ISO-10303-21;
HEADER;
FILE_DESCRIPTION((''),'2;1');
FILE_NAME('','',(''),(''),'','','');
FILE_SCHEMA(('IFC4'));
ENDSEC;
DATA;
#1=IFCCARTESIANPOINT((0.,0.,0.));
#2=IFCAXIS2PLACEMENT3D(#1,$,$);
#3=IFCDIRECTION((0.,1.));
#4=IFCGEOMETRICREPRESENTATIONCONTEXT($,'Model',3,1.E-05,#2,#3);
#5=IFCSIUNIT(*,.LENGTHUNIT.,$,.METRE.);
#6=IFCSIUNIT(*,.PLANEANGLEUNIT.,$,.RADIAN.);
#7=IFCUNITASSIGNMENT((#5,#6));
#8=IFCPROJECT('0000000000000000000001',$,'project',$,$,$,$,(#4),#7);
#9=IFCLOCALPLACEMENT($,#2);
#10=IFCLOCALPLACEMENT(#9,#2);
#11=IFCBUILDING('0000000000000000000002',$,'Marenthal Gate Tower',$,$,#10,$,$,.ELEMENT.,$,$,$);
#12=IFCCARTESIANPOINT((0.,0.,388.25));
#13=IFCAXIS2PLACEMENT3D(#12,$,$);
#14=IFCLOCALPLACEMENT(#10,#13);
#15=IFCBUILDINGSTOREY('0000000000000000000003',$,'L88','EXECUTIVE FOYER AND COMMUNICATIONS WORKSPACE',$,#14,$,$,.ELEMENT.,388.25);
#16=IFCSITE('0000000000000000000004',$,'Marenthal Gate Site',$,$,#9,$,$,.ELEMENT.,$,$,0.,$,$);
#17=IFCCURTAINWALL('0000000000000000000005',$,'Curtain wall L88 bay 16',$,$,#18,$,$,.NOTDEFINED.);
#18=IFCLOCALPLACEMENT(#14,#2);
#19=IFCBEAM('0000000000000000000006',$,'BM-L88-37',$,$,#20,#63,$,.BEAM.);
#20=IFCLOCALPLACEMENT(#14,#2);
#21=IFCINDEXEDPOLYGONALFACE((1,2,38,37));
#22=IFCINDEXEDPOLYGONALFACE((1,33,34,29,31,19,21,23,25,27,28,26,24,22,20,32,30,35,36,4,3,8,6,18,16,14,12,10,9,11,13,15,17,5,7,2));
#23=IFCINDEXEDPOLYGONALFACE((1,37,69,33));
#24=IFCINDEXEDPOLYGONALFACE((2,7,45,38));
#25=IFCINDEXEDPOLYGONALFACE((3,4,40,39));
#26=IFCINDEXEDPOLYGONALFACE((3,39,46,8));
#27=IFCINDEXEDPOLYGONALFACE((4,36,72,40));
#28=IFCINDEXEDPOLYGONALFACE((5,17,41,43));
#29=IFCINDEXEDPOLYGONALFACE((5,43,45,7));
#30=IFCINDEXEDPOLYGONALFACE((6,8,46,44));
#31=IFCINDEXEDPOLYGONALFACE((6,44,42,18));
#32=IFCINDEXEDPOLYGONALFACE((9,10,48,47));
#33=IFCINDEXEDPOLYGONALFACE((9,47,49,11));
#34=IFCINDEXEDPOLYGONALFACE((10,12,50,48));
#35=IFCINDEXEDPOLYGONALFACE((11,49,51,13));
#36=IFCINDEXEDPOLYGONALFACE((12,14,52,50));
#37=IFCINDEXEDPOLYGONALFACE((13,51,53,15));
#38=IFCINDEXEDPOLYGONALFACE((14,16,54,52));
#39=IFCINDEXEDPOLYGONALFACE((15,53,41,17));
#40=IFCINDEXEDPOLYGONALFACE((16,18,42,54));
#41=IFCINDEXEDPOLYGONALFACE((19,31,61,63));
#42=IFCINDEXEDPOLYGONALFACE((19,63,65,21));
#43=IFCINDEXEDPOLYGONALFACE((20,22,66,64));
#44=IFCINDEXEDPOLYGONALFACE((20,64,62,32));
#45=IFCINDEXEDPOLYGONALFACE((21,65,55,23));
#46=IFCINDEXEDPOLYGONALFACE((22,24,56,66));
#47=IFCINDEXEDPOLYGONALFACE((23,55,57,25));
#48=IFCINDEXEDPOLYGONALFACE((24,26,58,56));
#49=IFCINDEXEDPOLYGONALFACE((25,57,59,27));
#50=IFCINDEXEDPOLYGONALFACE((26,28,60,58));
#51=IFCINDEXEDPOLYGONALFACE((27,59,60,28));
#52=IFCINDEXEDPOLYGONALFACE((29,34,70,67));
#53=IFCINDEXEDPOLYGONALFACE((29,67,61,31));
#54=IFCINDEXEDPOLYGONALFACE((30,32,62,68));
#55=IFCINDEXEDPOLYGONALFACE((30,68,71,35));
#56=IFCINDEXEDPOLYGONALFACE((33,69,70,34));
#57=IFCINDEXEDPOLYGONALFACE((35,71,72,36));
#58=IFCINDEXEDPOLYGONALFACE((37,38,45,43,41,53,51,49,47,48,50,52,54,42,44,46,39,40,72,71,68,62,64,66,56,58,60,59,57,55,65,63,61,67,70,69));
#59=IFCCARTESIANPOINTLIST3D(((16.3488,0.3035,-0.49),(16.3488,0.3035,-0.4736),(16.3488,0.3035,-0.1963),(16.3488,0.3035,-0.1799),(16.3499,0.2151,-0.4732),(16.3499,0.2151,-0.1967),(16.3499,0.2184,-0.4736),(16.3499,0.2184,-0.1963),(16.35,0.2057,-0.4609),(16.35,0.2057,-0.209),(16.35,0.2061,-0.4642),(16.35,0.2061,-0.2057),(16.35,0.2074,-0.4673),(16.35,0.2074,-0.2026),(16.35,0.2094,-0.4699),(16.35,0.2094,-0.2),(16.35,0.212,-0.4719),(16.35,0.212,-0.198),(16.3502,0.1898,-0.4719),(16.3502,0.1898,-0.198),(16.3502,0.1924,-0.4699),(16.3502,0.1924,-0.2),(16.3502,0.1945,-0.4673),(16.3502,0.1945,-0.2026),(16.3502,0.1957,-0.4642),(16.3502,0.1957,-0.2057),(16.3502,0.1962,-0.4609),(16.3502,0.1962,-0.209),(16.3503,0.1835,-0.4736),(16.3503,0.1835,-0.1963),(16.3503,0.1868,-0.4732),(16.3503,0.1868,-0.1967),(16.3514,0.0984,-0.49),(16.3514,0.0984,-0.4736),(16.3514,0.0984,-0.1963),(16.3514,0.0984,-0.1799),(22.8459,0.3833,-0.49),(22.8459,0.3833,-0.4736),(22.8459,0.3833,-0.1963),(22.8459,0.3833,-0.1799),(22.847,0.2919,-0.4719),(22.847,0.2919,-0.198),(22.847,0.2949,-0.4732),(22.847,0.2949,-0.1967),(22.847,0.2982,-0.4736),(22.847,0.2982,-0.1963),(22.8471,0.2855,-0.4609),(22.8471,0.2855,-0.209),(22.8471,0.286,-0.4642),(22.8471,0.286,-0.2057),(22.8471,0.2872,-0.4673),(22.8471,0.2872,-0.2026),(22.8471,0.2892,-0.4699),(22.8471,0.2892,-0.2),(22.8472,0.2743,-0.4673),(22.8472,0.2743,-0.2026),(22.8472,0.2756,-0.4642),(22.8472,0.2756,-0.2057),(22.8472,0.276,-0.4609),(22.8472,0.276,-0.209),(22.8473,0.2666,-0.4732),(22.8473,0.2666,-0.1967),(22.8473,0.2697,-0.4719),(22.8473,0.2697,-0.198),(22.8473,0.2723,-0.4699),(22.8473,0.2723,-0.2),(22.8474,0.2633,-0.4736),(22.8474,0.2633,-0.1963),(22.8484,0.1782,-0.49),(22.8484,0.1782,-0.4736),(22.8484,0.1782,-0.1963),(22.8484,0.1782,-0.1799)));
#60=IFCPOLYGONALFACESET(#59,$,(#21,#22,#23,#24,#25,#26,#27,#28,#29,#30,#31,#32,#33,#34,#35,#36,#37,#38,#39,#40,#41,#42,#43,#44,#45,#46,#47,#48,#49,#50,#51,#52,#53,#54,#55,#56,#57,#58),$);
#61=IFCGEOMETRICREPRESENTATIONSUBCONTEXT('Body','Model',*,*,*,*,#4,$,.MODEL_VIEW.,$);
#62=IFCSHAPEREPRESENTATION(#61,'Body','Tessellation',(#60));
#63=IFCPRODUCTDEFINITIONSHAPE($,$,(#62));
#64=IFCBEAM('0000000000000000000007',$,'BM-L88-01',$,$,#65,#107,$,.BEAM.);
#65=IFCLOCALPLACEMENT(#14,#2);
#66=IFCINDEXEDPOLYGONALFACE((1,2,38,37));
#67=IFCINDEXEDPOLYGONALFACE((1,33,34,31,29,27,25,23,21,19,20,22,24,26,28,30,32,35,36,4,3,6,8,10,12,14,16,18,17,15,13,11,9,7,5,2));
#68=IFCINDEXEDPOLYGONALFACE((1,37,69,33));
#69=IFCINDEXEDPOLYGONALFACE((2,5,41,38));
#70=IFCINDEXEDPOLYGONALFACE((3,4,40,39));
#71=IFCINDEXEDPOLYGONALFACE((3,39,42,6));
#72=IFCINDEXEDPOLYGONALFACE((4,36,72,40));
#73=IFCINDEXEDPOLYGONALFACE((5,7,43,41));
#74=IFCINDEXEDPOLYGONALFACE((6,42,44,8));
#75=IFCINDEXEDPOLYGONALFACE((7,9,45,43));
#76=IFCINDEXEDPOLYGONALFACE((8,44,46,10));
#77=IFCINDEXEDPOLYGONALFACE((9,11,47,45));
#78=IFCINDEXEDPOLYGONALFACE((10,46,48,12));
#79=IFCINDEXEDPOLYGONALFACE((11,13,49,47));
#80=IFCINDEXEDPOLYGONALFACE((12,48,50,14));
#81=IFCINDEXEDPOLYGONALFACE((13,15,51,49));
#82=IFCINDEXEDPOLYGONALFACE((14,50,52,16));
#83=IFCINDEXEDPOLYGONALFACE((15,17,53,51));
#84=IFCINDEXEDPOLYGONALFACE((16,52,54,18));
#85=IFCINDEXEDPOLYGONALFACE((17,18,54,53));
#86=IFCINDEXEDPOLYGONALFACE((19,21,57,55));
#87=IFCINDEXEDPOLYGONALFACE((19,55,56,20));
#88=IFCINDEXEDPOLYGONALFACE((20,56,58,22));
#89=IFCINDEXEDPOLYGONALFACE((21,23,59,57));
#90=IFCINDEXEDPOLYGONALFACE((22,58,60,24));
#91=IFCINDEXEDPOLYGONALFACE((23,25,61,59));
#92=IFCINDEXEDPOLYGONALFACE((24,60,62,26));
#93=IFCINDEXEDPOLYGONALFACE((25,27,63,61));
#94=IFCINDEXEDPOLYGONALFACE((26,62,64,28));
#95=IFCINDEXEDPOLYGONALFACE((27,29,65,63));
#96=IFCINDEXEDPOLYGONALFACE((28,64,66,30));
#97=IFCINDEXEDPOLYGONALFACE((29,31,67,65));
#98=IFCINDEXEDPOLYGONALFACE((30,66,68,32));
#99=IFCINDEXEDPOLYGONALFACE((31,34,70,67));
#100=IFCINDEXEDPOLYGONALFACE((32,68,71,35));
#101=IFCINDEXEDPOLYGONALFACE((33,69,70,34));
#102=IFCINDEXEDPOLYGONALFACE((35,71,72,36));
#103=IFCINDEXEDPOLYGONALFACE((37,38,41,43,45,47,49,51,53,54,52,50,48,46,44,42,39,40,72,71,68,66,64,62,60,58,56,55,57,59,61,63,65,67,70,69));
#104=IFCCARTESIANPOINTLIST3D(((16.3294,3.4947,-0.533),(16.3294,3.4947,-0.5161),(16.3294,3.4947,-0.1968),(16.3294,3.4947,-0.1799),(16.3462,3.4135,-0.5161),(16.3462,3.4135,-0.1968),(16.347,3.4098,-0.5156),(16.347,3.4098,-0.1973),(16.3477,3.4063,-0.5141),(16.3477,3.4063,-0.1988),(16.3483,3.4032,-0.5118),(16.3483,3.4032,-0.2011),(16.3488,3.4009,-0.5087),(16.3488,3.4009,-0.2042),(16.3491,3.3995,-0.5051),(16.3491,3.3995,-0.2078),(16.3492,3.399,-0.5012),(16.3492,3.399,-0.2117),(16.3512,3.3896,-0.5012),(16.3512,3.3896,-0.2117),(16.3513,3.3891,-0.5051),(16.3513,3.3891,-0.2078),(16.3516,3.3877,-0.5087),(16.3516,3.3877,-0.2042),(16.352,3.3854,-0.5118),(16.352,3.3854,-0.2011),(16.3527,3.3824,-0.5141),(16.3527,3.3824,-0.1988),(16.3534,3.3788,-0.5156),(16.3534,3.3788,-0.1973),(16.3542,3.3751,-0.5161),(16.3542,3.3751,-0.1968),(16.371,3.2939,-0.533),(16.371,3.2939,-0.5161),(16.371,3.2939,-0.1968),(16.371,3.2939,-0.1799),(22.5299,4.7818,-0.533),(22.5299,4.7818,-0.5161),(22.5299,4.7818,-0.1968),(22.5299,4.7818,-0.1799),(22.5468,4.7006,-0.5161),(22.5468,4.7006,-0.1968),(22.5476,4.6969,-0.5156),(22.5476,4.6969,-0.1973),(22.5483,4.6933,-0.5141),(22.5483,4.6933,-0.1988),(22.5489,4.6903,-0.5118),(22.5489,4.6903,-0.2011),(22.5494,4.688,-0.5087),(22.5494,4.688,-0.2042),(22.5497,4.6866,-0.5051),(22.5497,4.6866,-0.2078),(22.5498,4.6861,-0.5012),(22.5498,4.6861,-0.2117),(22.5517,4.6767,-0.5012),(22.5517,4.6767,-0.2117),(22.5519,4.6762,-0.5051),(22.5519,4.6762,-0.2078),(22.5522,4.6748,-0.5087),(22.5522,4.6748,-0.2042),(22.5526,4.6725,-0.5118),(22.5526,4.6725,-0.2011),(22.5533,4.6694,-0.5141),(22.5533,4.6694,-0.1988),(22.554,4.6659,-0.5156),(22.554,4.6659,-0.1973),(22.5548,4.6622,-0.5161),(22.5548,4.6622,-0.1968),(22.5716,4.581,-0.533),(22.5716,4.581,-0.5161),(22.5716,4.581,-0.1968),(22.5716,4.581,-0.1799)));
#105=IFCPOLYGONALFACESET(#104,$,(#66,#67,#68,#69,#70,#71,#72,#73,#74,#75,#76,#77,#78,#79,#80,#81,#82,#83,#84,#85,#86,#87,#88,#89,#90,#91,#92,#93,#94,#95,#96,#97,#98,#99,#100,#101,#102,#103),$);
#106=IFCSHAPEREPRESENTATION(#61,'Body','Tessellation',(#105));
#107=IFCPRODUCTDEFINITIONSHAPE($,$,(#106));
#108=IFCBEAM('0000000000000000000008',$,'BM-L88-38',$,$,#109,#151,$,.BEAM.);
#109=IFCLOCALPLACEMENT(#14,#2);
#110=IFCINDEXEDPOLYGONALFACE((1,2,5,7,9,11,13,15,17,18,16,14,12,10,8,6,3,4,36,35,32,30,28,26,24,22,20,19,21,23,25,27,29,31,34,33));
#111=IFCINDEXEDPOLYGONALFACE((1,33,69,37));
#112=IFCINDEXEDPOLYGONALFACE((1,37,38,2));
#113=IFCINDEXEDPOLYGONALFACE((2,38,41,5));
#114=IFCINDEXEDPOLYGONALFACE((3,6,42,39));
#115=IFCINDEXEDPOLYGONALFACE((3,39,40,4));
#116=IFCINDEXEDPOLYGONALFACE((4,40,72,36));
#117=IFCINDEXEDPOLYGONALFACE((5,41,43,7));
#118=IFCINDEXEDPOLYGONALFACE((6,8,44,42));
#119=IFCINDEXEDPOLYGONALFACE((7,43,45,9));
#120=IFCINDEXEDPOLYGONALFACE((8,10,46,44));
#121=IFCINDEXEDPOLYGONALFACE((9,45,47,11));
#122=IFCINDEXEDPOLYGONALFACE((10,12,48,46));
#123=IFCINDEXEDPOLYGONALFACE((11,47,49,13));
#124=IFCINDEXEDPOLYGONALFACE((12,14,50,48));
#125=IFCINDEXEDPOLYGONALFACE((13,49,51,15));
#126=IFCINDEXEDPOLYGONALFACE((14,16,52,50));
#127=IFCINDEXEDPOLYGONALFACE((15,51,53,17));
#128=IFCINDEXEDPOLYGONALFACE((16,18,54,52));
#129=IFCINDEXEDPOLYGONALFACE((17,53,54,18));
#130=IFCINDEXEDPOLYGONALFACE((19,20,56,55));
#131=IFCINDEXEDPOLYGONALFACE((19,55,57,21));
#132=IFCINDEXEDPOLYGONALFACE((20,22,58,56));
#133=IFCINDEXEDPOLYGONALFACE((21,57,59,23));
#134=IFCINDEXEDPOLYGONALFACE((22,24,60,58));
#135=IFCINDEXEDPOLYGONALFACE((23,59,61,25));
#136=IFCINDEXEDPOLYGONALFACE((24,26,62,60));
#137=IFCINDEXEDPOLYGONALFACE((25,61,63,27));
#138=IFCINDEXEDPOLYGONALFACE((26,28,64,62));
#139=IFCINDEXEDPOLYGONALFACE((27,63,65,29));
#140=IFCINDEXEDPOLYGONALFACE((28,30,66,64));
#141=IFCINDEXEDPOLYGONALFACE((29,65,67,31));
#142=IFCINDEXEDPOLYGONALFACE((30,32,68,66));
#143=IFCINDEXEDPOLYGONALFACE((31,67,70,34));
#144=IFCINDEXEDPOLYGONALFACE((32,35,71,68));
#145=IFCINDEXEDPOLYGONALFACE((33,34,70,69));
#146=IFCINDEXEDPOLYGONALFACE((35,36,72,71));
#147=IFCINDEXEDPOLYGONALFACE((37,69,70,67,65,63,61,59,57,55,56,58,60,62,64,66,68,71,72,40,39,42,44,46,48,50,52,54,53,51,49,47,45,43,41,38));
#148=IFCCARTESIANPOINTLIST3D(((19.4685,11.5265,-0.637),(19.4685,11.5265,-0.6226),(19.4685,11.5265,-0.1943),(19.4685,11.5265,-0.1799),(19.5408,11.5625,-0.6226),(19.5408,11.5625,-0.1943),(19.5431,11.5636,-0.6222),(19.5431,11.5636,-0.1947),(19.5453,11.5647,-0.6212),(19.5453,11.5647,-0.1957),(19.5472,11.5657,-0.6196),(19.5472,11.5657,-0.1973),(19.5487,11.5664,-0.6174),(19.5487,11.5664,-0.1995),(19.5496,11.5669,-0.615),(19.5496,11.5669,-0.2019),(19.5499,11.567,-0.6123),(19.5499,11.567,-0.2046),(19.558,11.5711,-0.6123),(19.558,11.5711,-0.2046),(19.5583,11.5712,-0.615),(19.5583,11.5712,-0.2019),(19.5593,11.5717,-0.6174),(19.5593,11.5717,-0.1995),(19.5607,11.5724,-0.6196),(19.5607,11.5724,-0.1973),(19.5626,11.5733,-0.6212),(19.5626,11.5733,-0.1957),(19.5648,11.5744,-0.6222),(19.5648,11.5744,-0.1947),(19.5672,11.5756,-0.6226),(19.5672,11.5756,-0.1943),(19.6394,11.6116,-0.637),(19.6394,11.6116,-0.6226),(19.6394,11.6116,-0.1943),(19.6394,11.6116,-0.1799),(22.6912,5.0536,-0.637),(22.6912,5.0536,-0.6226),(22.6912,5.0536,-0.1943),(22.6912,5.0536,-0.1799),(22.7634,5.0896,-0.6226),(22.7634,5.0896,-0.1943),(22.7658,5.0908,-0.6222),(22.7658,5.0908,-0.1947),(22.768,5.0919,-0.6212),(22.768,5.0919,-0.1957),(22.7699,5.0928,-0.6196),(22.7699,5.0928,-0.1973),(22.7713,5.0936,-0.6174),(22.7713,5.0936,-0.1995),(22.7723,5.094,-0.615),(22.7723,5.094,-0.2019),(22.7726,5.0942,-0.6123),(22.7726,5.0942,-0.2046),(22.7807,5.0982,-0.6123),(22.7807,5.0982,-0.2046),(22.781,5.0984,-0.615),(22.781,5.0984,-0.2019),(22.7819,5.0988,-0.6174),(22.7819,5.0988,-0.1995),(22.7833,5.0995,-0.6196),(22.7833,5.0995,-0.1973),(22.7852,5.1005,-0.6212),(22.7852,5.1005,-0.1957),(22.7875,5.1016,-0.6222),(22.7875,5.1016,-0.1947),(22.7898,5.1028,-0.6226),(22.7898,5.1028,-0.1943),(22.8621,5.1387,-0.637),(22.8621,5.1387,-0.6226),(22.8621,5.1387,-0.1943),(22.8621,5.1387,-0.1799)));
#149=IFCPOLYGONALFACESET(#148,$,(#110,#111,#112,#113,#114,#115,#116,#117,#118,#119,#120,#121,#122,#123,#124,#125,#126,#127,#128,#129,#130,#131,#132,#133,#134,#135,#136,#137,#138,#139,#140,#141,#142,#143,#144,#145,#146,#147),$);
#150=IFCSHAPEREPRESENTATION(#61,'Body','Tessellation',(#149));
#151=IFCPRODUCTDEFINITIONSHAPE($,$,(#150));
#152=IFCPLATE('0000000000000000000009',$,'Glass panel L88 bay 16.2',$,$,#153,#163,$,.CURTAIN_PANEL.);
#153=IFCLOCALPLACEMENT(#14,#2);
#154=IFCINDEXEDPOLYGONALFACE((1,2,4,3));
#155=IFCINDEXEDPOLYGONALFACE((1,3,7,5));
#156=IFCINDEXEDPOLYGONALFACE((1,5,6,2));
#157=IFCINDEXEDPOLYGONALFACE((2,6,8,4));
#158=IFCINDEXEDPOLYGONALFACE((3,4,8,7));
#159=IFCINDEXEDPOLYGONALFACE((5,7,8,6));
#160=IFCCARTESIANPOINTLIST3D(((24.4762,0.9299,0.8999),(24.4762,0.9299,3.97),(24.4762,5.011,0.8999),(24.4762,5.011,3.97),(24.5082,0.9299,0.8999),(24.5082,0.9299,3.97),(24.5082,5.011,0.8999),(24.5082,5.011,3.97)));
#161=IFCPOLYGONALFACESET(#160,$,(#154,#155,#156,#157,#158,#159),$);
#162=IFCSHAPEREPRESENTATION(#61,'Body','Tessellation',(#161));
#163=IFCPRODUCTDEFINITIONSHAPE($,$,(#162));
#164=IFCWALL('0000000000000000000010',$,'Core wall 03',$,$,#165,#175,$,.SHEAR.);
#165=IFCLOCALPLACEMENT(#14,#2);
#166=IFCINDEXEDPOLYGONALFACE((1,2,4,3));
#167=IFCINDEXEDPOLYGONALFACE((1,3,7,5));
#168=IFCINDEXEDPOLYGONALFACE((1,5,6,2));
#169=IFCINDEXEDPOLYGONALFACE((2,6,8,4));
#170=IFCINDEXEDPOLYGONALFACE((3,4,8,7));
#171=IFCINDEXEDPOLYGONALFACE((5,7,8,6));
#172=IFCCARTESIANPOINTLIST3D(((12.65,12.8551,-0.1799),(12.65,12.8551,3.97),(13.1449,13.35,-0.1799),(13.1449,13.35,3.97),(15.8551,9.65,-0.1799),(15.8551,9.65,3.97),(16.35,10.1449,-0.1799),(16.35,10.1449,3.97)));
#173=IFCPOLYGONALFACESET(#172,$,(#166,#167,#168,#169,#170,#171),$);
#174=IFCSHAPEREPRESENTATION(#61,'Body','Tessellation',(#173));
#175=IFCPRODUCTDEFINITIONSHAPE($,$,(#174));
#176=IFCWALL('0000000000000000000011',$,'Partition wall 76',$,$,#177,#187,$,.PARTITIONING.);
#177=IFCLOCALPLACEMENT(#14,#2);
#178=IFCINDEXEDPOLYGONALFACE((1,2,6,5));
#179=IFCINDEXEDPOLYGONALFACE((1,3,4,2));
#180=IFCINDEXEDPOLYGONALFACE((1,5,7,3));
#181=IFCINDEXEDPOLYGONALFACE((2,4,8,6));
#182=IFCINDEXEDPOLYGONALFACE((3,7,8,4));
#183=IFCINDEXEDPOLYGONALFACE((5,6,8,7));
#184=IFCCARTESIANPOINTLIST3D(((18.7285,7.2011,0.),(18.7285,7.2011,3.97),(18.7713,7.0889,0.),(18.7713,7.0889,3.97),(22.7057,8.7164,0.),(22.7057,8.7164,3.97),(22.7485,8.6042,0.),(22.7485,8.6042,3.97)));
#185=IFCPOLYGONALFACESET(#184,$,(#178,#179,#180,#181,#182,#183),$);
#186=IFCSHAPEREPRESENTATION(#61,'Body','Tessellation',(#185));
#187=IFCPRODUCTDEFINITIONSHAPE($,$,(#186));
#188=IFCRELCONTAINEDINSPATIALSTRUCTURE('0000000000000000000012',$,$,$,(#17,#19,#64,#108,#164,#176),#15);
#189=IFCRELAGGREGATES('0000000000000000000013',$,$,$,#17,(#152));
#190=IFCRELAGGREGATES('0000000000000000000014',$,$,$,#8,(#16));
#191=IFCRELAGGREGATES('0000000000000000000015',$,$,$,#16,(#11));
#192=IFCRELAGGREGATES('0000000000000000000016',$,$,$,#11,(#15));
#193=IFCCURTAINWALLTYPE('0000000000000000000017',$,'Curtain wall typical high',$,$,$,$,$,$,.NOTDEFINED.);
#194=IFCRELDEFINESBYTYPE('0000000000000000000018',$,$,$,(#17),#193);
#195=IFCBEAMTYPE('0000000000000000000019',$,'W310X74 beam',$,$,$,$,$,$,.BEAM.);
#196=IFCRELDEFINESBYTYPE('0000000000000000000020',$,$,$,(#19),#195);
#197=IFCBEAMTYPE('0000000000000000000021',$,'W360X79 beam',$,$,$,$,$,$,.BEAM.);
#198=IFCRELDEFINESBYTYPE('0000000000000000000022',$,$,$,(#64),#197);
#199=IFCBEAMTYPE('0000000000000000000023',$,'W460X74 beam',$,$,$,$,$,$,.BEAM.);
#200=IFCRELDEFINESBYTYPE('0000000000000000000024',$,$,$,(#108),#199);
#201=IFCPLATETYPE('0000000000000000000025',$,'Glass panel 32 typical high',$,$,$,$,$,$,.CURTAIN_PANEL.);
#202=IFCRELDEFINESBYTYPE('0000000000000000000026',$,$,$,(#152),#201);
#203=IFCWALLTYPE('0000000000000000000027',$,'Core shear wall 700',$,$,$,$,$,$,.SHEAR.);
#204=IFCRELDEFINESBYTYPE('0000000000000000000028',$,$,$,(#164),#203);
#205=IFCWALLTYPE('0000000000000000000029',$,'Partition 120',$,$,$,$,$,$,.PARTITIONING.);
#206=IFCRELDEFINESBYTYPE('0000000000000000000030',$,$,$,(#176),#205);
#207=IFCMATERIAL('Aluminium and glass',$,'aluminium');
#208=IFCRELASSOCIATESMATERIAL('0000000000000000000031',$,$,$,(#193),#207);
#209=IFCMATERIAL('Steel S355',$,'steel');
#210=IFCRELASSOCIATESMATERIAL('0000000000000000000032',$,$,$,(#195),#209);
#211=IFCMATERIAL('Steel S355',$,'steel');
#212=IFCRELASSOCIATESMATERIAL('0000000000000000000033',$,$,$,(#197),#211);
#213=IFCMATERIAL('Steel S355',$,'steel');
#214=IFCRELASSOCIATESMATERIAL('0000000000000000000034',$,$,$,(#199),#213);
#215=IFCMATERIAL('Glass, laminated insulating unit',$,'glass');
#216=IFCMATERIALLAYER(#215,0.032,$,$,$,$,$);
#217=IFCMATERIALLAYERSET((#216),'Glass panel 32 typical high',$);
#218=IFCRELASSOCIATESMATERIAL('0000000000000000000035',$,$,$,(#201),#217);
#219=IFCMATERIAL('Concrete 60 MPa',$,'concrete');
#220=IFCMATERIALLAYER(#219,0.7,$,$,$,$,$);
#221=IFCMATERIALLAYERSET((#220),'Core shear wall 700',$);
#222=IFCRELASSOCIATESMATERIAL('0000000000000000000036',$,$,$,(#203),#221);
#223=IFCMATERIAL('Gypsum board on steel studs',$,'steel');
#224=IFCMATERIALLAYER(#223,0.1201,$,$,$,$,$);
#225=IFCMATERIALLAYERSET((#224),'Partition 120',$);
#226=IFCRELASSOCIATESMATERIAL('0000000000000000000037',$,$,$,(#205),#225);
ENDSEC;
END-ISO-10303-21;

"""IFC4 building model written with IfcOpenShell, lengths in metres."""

from ifc_helpers import new_model, si_unit, direction, frame, frame_2d, origin, origin_2d, place, context, subcontext, project, spatial, rectangle, i_section, extrude, material, layer, layer_set, material_profile, profile_set, type_object, element, aggregate, save


model = new_model("IFC4")

# Units and contexts
model_context = context("Model", 3, precision=1e-05, world=origin(), true_north=direction((0.0, 1.0)))
body_context = subcontext(model_context, "Body", "Model", "MODEL_VIEW")
ifc_project = project(units=[si_unit("LENGTHUNIT", "METRE"), si_unit("PLANEANGLEUNIT", "RADIAN")], contexts=[model_context])

# Site, building, storey
site_placement = place(None, origin())
site = spatial("IfcSite", under=ifc_project, at=site_placement, Name="Marenthal Gate Site", CompositionType="ELEMENT", RefElevation=0.0)
building_placement = place(site_placement, origin())
building = spatial("IfcBuilding", under=site, at=building_placement, Name="Marenthal Gate Tower", CompositionType="ELEMENT")
storey_placement = place(building_placement, frame((0.0, 0.0, 388.25)))
storey = spatial("IfcBuildingStorey", under=building, at=storey_placement, Name="L88", Description="EXECUTIVE FOYER AND COMMUNICATIONS WORKSPACE", CompositionType="ELEMENT", Elevation=388.25)

# Curtain wall
ifc_material_1 = material(Name="Aluminium and glass", Category="aluminium")
curtain_wall_type = type_object("IfcCurtainWallType", Name="Curtain wall typical high", PredefinedType="NOTDEFINED", material=ifc_material_1)
curtain_wall_placement = place(storey_placement, origin())
curtain_wall = element("IfcCurtainWall", 1, at=curtain_wall_placement, inside=storey, type_object=curtain_wall_type, Name="Curtain wall L88 bay 16", PredefinedType="NOTDEFINED")

# Beams
ifc_material_2 = material(Name="Steel S355", Category="steel")
ifc_material_profile_1 = material_profile(ifc_material_2, i_section(OverallWidth=0.2051, OverallDepth=0.3101, WebThickness=0.0095, FlangeThickness=0.0164, FilletRadius=0.0127, at=origin_2d()), Name="W310X74")
ifc_profile_set_1 = profile_set([ifc_material_profile_1], Name="Steel S355")
beam_type_1 = type_object("IfcBeamType", Name="W310X74 beam", PredefinedType="BEAM", material=ifc_profile_set_1)
beam_1_placement = place(storey_placement, frame((22.8472, 0.2808, -0.335), z_axis=(-0.999925, -0.012287, 0.0), x_axis=(0.012287, -0.999925, 0.0)))
element("IfcBeam", 2, at=beam_1_placement, inside=storey, type_object=beam_type_1, Name="BM-L88-37", PredefinedType="BEAM", context=body_context, shape_type="SweptSolid", body=[
    extrude(i_section(OverallWidth=0.2051, OverallDepth=0.3101, WebThickness=0.0095, FlangeThickness=0.0164, FilletRadius=0.0127, at=origin_2d()), origin(), (0.0, 0.0, 1.0), 6.4976),
])
ifc_material_3 = material(Name="Steel S355", Category="steel")
ifc_material_profile_2 = material_profile(ifc_material_3, i_section(OverallWidth=0.2051, OverallDepth=0.353, WebThickness=0.0095, FlangeThickness=0.0168, FilletRadius=0.0149, at=origin_2d()), Name="W360X79")
ifc_profile_set_2 = profile_set([ifc_material_profile_2], Name="Steel S355")
beam_type_2 = type_object("IfcBeamType", Name="W360X79 beam", PredefinedType="BEAM", material=ifc_profile_set_2)
beam_2_placement = place(storey_placement, frame((22.5508, 4.6814, -0.3564), z_axis=(-0.979128, -0.203243, 0.0), x_axis=(0.203243, -0.979128, 0.0)))
element("IfcBeam", 3, at=beam_2_placement, inside=storey, type_object=beam_type_2, Name="BM-L88-01", PredefinedType="BEAM", context=body_context, shape_type="SweptSolid", body=[
    extrude(i_section(OverallWidth=0.2051, OverallDepth=0.353, WebThickness=0.0095, FlangeThickness=0.0168, FilletRadius=0.0149, at=origin_2d()), origin(), (0.0, 0.0, 1.0), 6.3328),
])
ifc_material_4 = material(Name="Steel S355", Category="steel")
ifc_material_profile_3 = material_profile(ifc_material_4, i_section(OverallWidth=0.1909, OverallDepth=0.457, WebThickness=0.009, FlangeThickness=0.0144, FilletRadius=0.0103, at=origin_2d()), Name="W460X74")
ifc_profile_set_3 = profile_set([ifc_material_profile_3], Name="Steel S355")
beam_type_3 = type_object("IfcBeamType", Name="W460X74 beam", PredefinedType="BEAM", material=ifc_profile_set_3)
beam_3_placement = place(storey_placement, frame((22.7766, 5.0962, -0.4084), z_axis=(-0.445687, 0.895189, 0.0), x_axis=(-0.895189, -0.445687, 0.0)))
element("IfcBeam", 4, at=beam_3_placement, inside=storey, type_object=beam_type_3, Name="BM-L88-38", PredefinedType="BEAM", context=body_context, shape_type="SweptSolid", body=[
    extrude(i_section(OverallWidth=0.1909, OverallDepth=0.457, WebThickness=0.009, FlangeThickness=0.0144, FilletRadius=0.0103, at=origin_2d()), origin(), (0.0, 0.0, 1.0), 7.2307),
])

# Plate
ifc_material_5 = material(Name="Glass, laminated insulating unit", Category="glass")
ifc_layer_1 = layer(ifc_material_5, 0.032)
ifc_layer_set_1 = layer_set([ifc_layer_1], Name="Glass panel 32 typical high")
plate_type = type_object("IfcPlateType", Name="Glass panel 32 typical high", PredefinedType="CURTAIN_PANEL", material=ifc_layer_set_1)
plate_placement = place(storey_placement, frame((24.4922, 2.9705, 0.8999), z_axis=(0.0, 0.0, 1.0), x_axis=(0.0, 1.0, 0.0)))
plate = element("IfcPlate", 5, at=plate_placement, type_object=plate_type, Name="Glass panel L88 bay 16.2", PredefinedType="CURTAIN_PANEL", context=body_context, shape_type="SweptSolid", body=[
    extrude(rectangle(XDim=4.0811, YDim=0.032, at=origin_2d()), origin(), (0.0, 0.0, 1.0), 3.0701),
])
aggregate(curtain_wall, [plate])

# Walls
ifc_material_6 = material(Name="Concrete 60 MPa", Category="concrete")
ifc_layer_2 = layer(ifc_material_6, 0.7)
ifc_layer_set_2 = layer_set([ifc_layer_2], Name="Core shear wall 700")
wall_type_1 = type_object("IfcWallType", Name="Core shear wall 700", PredefinedType="SHEAR", material=ifc_layer_set_2)
wall_1_placement = place(storey_placement, frame((16.1025, 9.8975, -0.1799), z_axis=(0.0, 0.0, 1.0), x_axis=(-0.707107, 0.707107, 0.0)))
element("IfcWall", 6, at=wall_1_placement, inside=storey, type_object=wall_type_1, Name="Core wall 03", PredefinedType="SHEAR", context=body_context, shape_type="SweptSolid", body=[
    extrude(rectangle(XDim=4.5327, YDim=0.7, at=frame_2d((2.2664, 0.0))), origin(), (0.0, 0.0, 1.0), 4.1499),
])
ifc_material_7 = material(Name="Gypsum board on steel studs", Category="steel")
ifc_layer_3 = layer(ifc_material_7, 0.1201)
ifc_layer_set_3 = layer_set([ifc_layer_3], Name="Partition 120")
wall_type_2 = type_object("IfcWallType", Name="Partition 120", PredefinedType="PARTITIONING", material=ifc_layer_set_3)
wall_2_placement = place(storey_placement, frame((18.75, 7.145, 0.0), z_axis=(0.0, 0.0, 1.0), x_axis=(0.93447, 0.356041, 0.0)))
element("IfcWall", 7, at=wall_2_placement, inside=storey, type_object=wall_type_2, Name="Partition wall 76", PredefinedType="PARTITIONING", context=body_context, shape_type="SweptSolid", body=[
    extrude(rectangle(XDim=4.2561, YDim=0.1201, at=frame_2d((2.1279, 0.0))), origin(), (0.0, 0.0, 1.0), 3.97),
])

save(model, "model.ifc")
